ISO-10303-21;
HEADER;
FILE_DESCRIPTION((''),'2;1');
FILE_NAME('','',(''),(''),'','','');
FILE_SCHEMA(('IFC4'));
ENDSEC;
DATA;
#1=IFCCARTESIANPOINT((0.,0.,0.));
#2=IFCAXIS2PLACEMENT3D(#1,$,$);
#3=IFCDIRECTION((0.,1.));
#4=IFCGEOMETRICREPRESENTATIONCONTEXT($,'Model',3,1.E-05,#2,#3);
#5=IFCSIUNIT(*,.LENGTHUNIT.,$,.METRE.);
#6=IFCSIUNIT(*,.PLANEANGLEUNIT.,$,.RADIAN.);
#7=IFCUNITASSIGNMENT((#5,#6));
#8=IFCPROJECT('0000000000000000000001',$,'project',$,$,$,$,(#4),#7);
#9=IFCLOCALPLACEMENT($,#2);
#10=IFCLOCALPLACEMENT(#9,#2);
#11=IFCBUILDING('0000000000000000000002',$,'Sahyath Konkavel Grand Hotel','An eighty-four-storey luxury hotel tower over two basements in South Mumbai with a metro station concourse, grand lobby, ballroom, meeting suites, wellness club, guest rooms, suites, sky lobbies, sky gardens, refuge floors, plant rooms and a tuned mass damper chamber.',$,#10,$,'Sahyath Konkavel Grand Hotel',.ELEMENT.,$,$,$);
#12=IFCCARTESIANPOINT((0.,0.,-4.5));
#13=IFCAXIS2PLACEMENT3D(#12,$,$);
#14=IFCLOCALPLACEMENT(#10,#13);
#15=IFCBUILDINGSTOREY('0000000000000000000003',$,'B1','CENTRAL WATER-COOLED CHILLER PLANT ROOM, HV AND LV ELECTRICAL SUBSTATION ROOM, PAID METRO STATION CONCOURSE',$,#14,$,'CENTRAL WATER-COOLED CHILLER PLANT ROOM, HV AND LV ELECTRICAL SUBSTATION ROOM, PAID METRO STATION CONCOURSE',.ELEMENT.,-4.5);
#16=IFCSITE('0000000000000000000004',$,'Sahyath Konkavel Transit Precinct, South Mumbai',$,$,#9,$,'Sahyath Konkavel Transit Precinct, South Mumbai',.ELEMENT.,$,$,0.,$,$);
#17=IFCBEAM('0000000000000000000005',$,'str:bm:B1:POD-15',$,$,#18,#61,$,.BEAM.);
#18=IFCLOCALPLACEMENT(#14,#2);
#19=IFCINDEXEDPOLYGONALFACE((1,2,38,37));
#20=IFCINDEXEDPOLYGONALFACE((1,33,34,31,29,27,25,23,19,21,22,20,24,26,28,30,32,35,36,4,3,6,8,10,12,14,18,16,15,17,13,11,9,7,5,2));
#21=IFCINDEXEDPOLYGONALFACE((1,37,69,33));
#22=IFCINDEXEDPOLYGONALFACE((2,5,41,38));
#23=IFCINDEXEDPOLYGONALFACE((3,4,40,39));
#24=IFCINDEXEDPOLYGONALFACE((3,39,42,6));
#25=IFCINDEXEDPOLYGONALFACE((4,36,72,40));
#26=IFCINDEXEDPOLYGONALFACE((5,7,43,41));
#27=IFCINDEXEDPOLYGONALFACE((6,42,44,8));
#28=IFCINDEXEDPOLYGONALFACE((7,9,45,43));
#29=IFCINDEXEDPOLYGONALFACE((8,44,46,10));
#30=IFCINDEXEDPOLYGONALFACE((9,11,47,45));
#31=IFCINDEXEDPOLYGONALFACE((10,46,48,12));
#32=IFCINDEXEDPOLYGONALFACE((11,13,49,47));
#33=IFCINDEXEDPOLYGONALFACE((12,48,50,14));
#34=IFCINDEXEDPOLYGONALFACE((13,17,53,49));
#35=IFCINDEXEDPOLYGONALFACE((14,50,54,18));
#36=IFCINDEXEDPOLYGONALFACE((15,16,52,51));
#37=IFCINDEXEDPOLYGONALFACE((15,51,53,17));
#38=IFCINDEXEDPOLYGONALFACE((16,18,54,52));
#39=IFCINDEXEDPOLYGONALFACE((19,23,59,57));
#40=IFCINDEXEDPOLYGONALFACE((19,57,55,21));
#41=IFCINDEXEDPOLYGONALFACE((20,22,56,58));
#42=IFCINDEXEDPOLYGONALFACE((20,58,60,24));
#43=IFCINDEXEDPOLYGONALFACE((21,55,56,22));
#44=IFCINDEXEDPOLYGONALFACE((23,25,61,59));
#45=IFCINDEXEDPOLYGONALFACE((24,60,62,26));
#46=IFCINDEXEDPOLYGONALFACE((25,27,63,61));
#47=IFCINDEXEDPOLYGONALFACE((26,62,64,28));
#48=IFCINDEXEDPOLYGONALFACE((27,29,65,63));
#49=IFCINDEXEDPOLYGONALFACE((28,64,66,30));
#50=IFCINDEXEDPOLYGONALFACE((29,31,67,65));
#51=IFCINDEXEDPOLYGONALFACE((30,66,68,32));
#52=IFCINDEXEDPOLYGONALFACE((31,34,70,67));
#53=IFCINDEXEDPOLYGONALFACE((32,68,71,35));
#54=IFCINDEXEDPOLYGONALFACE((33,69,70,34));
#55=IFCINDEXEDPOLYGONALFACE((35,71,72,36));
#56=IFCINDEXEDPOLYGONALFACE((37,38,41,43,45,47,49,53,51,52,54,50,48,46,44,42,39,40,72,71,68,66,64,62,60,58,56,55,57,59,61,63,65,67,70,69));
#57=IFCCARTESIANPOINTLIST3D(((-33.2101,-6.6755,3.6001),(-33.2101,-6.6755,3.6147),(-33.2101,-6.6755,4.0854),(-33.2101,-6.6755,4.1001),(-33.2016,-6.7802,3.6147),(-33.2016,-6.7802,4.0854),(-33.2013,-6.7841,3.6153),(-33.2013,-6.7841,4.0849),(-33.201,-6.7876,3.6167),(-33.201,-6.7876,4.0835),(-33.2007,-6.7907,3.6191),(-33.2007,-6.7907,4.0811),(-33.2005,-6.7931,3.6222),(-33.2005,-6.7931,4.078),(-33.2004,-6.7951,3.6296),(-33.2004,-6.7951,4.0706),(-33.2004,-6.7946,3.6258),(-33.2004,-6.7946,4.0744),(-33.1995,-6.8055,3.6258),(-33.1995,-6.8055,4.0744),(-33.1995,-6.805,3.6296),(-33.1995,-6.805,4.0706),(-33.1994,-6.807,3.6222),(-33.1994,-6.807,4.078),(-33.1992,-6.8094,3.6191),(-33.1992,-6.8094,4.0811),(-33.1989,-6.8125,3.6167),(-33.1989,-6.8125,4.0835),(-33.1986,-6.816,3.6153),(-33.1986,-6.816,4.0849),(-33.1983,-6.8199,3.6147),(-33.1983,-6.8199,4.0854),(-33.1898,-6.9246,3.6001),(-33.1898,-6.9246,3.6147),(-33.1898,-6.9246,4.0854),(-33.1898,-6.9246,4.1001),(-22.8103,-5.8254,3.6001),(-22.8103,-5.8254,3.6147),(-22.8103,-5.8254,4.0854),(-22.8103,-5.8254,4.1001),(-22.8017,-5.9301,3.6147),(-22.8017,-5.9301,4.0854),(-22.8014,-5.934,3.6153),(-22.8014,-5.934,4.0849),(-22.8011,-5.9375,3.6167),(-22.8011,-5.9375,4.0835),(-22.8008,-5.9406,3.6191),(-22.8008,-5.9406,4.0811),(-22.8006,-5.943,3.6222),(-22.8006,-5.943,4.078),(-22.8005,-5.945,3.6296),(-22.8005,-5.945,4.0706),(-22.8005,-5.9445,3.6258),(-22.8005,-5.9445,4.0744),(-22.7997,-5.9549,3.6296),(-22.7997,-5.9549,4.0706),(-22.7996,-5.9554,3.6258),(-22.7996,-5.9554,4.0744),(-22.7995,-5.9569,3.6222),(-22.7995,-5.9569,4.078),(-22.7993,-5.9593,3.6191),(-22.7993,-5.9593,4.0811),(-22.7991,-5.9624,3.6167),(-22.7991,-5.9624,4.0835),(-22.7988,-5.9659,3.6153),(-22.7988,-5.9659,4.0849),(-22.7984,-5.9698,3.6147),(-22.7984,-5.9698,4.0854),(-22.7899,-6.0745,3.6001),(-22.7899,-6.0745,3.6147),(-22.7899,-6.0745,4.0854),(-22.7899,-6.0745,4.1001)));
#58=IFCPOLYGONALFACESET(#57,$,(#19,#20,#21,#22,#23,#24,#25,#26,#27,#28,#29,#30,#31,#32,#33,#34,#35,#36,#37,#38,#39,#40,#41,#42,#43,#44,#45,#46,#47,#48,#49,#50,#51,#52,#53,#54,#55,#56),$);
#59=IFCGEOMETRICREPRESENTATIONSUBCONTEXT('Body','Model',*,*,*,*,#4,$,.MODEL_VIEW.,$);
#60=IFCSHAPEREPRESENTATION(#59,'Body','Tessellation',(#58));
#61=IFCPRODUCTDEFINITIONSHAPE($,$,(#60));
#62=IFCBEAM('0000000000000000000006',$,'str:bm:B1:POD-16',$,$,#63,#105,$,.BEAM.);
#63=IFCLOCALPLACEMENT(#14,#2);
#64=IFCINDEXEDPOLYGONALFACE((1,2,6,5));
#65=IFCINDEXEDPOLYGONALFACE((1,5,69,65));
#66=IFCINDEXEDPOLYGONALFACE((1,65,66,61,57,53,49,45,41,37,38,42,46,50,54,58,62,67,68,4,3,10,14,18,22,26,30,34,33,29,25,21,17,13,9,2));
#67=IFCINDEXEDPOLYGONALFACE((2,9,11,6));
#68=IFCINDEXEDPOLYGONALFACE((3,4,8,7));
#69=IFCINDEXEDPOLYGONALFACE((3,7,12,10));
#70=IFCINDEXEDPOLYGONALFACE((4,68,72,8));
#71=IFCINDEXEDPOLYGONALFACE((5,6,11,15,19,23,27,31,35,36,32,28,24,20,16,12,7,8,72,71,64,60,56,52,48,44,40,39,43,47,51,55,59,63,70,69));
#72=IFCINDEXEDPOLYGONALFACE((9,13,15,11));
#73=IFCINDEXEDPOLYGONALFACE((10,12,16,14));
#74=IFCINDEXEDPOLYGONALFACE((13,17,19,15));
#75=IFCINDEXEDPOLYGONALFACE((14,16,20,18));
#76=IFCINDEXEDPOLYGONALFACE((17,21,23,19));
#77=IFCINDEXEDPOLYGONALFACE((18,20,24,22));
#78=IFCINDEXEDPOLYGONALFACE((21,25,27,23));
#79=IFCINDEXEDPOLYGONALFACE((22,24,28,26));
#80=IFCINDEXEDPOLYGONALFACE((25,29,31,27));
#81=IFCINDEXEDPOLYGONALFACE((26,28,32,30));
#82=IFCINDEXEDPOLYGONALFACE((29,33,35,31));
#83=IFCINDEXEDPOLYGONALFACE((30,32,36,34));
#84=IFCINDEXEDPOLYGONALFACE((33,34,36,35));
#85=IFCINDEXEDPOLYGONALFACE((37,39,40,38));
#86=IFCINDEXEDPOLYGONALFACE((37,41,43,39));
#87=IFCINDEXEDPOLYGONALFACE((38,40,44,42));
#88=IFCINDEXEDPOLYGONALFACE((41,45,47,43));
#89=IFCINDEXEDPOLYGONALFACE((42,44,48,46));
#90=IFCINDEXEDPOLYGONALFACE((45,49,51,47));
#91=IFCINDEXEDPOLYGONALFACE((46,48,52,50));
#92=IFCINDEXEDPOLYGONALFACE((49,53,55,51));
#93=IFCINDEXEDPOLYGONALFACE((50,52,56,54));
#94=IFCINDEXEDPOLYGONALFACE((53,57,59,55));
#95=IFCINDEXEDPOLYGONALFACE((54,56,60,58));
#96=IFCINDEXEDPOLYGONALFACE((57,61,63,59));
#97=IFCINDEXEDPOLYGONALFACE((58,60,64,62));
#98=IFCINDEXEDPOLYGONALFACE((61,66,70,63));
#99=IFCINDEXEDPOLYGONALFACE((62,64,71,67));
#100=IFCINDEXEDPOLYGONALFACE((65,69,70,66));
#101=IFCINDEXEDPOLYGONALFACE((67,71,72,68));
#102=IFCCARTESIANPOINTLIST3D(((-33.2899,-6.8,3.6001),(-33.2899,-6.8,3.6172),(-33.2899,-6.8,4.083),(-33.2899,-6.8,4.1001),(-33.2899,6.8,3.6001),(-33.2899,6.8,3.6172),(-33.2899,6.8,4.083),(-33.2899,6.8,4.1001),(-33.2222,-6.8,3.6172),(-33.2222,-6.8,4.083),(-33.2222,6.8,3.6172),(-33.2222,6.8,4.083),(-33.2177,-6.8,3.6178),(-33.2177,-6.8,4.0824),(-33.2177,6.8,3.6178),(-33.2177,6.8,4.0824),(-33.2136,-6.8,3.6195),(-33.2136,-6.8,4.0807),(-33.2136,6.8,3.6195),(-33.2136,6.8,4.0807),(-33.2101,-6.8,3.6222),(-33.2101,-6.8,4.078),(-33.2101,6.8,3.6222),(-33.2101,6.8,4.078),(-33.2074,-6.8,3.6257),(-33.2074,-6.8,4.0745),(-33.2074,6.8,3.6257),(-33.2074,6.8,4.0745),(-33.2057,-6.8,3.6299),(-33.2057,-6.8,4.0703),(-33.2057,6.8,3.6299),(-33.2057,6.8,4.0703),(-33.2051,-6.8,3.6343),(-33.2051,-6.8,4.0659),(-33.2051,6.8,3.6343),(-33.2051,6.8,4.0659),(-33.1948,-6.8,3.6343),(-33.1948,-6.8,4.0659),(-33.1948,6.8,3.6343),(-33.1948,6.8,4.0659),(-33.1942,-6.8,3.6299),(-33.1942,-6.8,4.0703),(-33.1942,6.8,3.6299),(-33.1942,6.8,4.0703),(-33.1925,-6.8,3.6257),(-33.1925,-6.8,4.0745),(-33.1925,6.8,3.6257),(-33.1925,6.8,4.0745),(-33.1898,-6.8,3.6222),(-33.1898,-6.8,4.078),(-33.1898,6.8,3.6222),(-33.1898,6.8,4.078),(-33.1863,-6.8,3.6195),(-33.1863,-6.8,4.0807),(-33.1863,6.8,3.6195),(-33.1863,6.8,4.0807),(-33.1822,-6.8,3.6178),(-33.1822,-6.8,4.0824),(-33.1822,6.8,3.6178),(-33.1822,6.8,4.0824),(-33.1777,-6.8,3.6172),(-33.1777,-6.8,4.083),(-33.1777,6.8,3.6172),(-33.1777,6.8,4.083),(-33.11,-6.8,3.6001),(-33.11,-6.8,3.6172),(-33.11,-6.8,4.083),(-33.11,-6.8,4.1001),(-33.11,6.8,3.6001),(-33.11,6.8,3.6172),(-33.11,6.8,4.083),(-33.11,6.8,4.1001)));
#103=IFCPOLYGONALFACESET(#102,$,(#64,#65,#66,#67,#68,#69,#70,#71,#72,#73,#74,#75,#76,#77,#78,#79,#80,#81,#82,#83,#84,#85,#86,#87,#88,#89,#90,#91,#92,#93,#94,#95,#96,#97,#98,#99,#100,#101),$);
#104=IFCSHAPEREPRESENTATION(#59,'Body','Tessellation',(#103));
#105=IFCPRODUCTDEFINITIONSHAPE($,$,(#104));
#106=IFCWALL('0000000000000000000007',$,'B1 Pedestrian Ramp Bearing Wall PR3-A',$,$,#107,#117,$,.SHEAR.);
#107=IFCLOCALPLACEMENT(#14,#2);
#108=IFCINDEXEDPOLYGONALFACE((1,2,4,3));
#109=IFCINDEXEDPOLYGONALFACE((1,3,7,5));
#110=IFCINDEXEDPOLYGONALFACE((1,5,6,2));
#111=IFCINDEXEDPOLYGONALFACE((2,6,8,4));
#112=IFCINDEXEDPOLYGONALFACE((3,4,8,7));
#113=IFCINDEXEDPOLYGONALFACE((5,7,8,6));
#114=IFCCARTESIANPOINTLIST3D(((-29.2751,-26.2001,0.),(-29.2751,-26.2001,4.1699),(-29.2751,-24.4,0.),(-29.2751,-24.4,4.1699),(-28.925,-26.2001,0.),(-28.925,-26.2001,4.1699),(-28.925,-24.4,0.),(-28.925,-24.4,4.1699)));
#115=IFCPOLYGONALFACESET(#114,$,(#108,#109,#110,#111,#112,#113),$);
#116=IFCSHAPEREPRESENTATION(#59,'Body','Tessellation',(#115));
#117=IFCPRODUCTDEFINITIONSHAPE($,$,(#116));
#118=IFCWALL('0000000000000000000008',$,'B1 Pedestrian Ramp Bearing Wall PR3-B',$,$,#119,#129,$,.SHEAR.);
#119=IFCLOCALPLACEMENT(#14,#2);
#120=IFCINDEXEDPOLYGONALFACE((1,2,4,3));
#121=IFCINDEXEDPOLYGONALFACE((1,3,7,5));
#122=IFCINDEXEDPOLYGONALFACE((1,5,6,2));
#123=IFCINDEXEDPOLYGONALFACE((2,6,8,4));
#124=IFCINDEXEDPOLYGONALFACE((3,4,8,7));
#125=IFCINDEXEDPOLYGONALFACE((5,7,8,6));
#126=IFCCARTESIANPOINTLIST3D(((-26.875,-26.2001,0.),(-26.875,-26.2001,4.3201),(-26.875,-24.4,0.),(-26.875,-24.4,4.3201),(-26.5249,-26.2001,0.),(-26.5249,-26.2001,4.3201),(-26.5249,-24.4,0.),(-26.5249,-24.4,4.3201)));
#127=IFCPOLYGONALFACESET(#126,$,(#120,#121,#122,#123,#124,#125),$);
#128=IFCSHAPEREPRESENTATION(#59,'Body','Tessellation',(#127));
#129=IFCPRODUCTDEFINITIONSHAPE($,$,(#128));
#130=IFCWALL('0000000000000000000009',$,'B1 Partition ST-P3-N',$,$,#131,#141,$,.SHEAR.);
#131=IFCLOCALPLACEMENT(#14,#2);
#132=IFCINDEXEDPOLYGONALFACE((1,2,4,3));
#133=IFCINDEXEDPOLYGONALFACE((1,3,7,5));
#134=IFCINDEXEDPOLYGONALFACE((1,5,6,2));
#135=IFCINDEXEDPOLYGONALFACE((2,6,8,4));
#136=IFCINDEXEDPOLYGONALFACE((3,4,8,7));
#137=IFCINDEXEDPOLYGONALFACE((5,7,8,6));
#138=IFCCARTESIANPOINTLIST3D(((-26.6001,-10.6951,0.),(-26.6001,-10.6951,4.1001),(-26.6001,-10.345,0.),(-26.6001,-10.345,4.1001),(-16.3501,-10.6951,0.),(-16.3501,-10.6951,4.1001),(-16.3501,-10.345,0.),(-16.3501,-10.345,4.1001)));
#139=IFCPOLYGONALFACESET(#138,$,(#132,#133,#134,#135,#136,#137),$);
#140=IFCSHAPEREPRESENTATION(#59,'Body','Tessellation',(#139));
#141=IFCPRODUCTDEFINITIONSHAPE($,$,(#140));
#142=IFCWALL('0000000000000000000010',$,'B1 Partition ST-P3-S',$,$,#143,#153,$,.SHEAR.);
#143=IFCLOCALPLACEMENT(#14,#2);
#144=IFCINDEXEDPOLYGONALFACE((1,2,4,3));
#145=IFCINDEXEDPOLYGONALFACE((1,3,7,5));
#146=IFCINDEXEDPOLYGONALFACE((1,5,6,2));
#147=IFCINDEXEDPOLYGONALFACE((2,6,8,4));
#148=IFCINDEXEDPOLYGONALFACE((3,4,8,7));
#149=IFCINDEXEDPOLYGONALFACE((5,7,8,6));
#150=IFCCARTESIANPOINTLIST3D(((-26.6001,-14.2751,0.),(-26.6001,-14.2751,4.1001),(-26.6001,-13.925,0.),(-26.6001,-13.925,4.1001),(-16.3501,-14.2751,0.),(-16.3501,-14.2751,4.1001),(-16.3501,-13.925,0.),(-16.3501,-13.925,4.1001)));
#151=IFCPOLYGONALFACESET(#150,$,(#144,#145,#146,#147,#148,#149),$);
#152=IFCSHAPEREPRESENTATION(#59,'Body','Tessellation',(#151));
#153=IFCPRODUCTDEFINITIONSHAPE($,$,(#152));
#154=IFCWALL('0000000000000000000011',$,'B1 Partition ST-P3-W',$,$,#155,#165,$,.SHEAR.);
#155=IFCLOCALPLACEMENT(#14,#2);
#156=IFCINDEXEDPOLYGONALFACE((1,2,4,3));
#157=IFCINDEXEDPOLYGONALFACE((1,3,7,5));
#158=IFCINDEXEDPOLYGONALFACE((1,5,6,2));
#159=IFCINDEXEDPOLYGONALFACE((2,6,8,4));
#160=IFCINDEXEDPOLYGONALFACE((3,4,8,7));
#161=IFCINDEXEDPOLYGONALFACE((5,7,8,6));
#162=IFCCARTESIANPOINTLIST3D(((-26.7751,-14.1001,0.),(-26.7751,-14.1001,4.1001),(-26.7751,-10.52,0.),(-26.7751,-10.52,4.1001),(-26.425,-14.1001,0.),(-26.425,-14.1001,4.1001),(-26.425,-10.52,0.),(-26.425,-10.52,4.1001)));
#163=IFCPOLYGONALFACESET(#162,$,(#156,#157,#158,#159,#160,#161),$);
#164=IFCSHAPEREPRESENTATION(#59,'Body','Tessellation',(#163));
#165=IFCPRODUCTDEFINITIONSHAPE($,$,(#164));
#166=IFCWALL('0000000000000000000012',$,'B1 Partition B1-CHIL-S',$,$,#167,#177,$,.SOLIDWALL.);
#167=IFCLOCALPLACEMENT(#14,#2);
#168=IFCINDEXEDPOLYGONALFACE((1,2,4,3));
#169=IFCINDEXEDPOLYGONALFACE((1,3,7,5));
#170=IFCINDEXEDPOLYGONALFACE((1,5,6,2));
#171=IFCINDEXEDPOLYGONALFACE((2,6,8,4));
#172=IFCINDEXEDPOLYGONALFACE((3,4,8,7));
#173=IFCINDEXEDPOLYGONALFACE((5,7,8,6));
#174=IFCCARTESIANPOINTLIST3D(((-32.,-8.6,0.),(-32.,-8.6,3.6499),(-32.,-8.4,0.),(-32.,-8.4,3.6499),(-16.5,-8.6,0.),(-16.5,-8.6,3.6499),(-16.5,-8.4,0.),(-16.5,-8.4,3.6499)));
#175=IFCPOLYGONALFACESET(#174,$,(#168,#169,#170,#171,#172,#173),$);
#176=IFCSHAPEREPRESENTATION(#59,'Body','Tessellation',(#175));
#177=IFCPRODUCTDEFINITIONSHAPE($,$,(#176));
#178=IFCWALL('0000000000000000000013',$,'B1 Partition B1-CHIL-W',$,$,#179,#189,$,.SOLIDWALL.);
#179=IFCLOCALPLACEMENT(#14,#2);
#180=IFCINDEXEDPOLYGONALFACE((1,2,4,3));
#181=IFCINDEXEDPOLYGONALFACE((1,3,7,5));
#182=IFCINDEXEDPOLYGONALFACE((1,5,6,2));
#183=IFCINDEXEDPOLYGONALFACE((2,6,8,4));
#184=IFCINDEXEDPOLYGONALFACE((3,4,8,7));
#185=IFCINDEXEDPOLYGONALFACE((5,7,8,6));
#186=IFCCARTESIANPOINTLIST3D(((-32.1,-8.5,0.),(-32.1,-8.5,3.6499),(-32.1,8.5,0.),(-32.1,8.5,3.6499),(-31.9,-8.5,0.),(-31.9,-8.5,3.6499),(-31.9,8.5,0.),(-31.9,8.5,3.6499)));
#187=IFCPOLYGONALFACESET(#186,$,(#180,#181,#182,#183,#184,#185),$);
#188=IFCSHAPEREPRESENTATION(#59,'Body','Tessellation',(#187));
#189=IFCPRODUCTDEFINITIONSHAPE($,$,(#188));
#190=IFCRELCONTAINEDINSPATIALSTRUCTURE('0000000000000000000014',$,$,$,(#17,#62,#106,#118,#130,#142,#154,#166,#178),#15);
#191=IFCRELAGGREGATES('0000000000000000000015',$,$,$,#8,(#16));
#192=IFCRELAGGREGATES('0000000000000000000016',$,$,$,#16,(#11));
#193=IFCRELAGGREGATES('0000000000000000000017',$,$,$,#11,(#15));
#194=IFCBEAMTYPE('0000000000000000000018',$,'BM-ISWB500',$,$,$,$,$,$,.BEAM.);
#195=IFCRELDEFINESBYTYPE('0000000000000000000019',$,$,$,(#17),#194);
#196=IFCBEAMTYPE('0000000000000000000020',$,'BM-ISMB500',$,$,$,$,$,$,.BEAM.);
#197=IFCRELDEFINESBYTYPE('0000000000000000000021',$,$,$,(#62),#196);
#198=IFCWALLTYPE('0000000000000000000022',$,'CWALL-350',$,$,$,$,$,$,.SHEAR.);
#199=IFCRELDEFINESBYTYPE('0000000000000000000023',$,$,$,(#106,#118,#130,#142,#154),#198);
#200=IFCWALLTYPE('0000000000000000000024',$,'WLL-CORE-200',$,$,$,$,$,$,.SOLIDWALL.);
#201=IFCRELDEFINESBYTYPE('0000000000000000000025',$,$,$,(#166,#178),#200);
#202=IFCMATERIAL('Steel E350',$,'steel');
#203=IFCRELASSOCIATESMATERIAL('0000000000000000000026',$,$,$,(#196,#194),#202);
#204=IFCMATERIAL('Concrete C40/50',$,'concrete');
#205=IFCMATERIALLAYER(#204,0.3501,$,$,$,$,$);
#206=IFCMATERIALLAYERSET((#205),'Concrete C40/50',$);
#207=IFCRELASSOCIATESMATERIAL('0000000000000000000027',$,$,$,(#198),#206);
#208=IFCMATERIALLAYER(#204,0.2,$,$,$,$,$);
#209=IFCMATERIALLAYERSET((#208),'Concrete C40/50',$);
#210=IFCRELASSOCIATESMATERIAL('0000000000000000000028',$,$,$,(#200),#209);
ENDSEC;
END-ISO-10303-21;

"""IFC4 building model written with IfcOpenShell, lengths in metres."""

from ifc_helpers import new_model, si_unit, direction, frame, frame_2d, origin, origin_2d, place, context, subcontext, project, spatial, rectangle, i_section, extrude, source, transform, mapped, material, layer, layer_set, material_profile, profile_set, type_object, element, save


model = new_model("IFC4")

# Units and contexts
model_context = context("Model", 3, precision=1e-05, world=origin(), true_north=direction((0.0, 1.0)))
body_context = subcontext(model_context, "Body", "Model", "MODEL_VIEW")
ifc_project = project(units=[si_unit("LENGTHUNIT", "METRE"), si_unit("PLANEANGLEUNIT", "RADIAN")], contexts=[model_context])

# Site, building, storey
site_placement = place(None, origin())
site = spatial("IfcSite", under=ifc_project, at=site_placement, Name="Sahyath Konkavel Transit Precinct, South Mumbai", LongName="Sahyath Konkavel Transit Precinct, South Mumbai", CompositionType="ELEMENT", RefElevation=0.0)
building_placement = place(site_placement, origin())
building = spatial("IfcBuilding", under=site, at=building_placement, Name="Sahyath Konkavel Grand Hotel", Description="An eighty-four-storey luxury hotel tower over two basements in South Mumbai with a metro station concourse, grand lobby, ballroom, meeting suites, wellness club, guest rooms, suites, sky lobbies, sky gardens, refuge floors, plant rooms and a tuned mass damper chamber.", LongName="Sahyath Konkavel Grand Hotel", CompositionType="ELEMENT")
storey_placement = place(building_placement, frame((0.0, 0.0, -4.5)))
storey = spatial("IfcBuildingStorey", under=building, at=storey_placement, Name="B1", Description="CENTRAL WATER-COOLED CHILLER PLANT ROOM, HV AND LV ELECTRICAL SUBSTATION ROOM, PAID METRO STATION CONCOURSE", LongName="CENTRAL WATER-COOLED CHILLER PLANT ROOM, HV AND LV ELECTRICAL SUBSTATION ROOM, PAID METRO STATION CONCOURSE", CompositionType="ELEMENT", Elevation=-4.5)

# Beams
ifc_material_1 = material(Name="Steel E350", Category="steel")
ifc_material_profile_1 = material_profile(ifc_material_1, i_section(OverallWidth=0.1799, OverallDepth=0.5, WebThickness=0.0103, FlangeThickness=0.0171, FilletRadius=0.0171, at=origin_2d()), Name="ISMB 500")
ifc_profile_set_1 = profile_set([ifc_material_profile_1], Name="Steel E350")
beam_type_1 = type_object("IfcBeamType", Name="BM-ISMB500", PredefinedType="BEAM", material=ifc_profile_set_1)
ifc_material_profile_2 = material_profile(ifc_material_1, i_section(OverallWidth=0.25, OverallDepth=0.5, WebThickness=0.01, FlangeThickness=0.0146, FilletRadius=0.0149, at=origin_2d()), Name="ISWB 500")
ifc_profile_set_2 = profile_set([ifc_material_profile_2], Name="Steel E350")
beam_type_2 = type_object("IfcBeamType", Name="BM-ISWB500", PredefinedType="BEAM", material=ifc_profile_set_2)
shared_shape_1 = source(origin(), body_context, "Body", "SweptSolid", [
    extrude(i_section(OverallWidth=0.25, OverallDepth=0.5, WebThickness=0.01, FlangeThickness=0.0146, FilletRadius=0.0149, at=origin_2d()), origin(), (0.0, 0.0, 1.0), 10.4346),
])
beam_1_placement = place(storey_placement, frame((-33.2, -6.8, 3.8501), z_axis=(0.996676, 0.081469, 0.0), x_axis=(-0.081469, 0.996676, 0.0)))
element("IfcBeam", 1, at=beam_1_placement, inside=storey, type_object=beam_type_2, Name="str:bm:B1:POD-15", PredefinedType="BEAM", context=body_context, shape_type="MappedRepresentation", body=[
    mapped(shared_shape_1, transform((0.0, 0.0, 0.0), scale=1.0)),
])
shared_shape_2 = source(origin(), body_context, "Body", "SweptSolid", [
    extrude(i_section(OverallWidth=0.1799, OverallDepth=0.5, WebThickness=0.0103, FlangeThickness=0.0171, FilletRadius=0.0171, at=origin_2d()), origin(), (0.0, 0.0, 1.0), 13.6001),
])
beam_2_placement = place(storey_placement, frame((-33.2, -6.8, 3.8501), z_axis=(0.0, 1.0, 0.0), x_axis=(-1.0, 0.0, 0.0)))
element("IfcBeam", 2, at=beam_2_placement, inside=storey, type_object=beam_type_1, Name="str:bm:B1:POD-16", PredefinedType="BEAM", context=body_context, shape_type="MappedRepresentation", body=[
    mapped(shared_shape_2, transform((0.0, 0.0, 0.0), scale=1.0)),
])

# Walls
ifc_material_2 = material(Name="Concrete C40/50", Category="concrete")
ifc_layer_1 = layer(ifc_material_2, 0.3501)
ifc_layer_set_1 = layer_set([ifc_layer_1], Name="Concrete C40/50")
wall_type_1 = type_object("IfcWallType", Name="CWALL-350", PredefinedType="SHEAR", material=ifc_layer_set_1)
wall_1_placement = place(storey_placement, frame((-29.1001, -26.2, 0.0), z_axis=(0.0, 0.0, 1.0), x_axis=(0.0, 1.0, 0.0)))
element("IfcWall", 3, at=wall_1_placement, inside=storey, type_object=wall_type_1, Name="B1 Pedestrian Ramp Bearing Wall PR3-A", PredefinedType="SHEAR", context=body_context, shape_type="SweptSolid", body=[
    extrude(rectangle(XDim=1.8, YDim=0.3501, at=frame_2d((0.8999, 0.0))), origin(), (0.0, 0.0, 1.0), 4.1699),
])
wall_2_placement = place(storey_placement, frame((-26.7, -26.2, 0.0), z_axis=(0.0, 0.0, 1.0), x_axis=(0.0, 1.0, 0.0)))
element("IfcWall", 4, at=wall_2_placement, inside=storey, type_object=wall_type_1, Name="B1 Pedestrian Ramp Bearing Wall PR3-B", PredefinedType="SHEAR", context=body_context, shape_type="SweptSolid", body=[
    extrude(rectangle(XDim=1.8, YDim=0.3501, at=frame_2d((0.8999, 0.0))), origin(), (0.0, 0.0, 1.0), 4.3201),
])
for number, where, z_axis, x_axis, name in (
    (5, (-26.6001, -10.52, 0.0), (0.0, 0.0, 1.0), (1.0, 0.0, 0.0), "B1 Partition ST-P3-N"),
    (6, (-26.6001, -14.1001, 0.0), (0.0, 0.0, 1.0), (1.0, 0.0, 0.0), "B1 Partition ST-P3-S"),
):
    element("IfcWall", number, at=place(storey_placement, frame(where, z_axis=z_axis, x_axis=x_axis)), inside=storey, type_object=wall_type_1, Name=name, PredefinedType="SHEAR", context=body_context, shape_type="SweptSolid", body=[
        extrude(rectangle(XDim=10.25, YDim=0.3501, at=frame_2d((5.125, 0.0))), origin(), (0.0, 0.0, 1.0), 4.1001),
    ])
wall_3_placement = place(storey_placement, frame((-26.6001, -14.1001, 0.0), z_axis=(0.0, 0.0, 1.0), x_axis=(0.0, 1.0, 0.0)))
element("IfcWall", 7, at=wall_3_placement, inside=storey, type_object=wall_type_1, Name="B1 Partition ST-P3-W", PredefinedType="SHEAR", context=body_context, shape_type="SweptSolid", body=[
    extrude(rectangle(XDim=3.5801, YDim=0.3501, at=frame_2d((1.79, 0.0))), origin(), (0.0, 0.0, 1.0), 4.1001),
])
ifc_layer_2 = layer(ifc_material_2, 0.2)
ifc_layer_set_2 = layer_set([ifc_layer_2], Name="Concrete C40/50")
wall_type_2 = type_object("IfcWallType", Name="WLL-CORE-200", PredefinedType="SOLIDWALL", material=ifc_layer_set_2)
wall_4_placement = place(storey_placement, frame((-32.0, -8.5, 0.0), z_axis=(0.0, 0.0, 1.0), x_axis=(1.0, 0.0, 0.0)))
element("IfcWall", 8, at=wall_4_placement, inside=storey, type_object=wall_type_2, Name="B1 Partition B1-CHIL-S", PredefinedType="SOLIDWALL", context=body_context, shape_type="SweptSolid", body=[
    extrude(rectangle(XDim=15.5, YDim=0.2, at=frame_2d((7.75, 0.0))), origin(), (0.0, 0.0, 1.0), 3.6499),
])
wall_5_placement = place(storey_placement, frame((-32.0, -8.5, 0.0), z_axis=(0.0, 0.0, 1.0), x_axis=(0.0, 1.0, 0.0)))
element("IfcWall", 9, at=wall_5_placement, inside=storey, type_object=wall_type_2, Name="B1 Partition B1-CHIL-W", PredefinedType="SOLIDWALL", context=body_context, shape_type="SweptSolid", body=[
    extrude(rectangle(XDim=17.0, YDim=0.2, at=frame_2d((8.5, 0.0))), origin(), (0.0, 0.0, 1.0), 3.6499),
])

save(model, "model.ifc")
